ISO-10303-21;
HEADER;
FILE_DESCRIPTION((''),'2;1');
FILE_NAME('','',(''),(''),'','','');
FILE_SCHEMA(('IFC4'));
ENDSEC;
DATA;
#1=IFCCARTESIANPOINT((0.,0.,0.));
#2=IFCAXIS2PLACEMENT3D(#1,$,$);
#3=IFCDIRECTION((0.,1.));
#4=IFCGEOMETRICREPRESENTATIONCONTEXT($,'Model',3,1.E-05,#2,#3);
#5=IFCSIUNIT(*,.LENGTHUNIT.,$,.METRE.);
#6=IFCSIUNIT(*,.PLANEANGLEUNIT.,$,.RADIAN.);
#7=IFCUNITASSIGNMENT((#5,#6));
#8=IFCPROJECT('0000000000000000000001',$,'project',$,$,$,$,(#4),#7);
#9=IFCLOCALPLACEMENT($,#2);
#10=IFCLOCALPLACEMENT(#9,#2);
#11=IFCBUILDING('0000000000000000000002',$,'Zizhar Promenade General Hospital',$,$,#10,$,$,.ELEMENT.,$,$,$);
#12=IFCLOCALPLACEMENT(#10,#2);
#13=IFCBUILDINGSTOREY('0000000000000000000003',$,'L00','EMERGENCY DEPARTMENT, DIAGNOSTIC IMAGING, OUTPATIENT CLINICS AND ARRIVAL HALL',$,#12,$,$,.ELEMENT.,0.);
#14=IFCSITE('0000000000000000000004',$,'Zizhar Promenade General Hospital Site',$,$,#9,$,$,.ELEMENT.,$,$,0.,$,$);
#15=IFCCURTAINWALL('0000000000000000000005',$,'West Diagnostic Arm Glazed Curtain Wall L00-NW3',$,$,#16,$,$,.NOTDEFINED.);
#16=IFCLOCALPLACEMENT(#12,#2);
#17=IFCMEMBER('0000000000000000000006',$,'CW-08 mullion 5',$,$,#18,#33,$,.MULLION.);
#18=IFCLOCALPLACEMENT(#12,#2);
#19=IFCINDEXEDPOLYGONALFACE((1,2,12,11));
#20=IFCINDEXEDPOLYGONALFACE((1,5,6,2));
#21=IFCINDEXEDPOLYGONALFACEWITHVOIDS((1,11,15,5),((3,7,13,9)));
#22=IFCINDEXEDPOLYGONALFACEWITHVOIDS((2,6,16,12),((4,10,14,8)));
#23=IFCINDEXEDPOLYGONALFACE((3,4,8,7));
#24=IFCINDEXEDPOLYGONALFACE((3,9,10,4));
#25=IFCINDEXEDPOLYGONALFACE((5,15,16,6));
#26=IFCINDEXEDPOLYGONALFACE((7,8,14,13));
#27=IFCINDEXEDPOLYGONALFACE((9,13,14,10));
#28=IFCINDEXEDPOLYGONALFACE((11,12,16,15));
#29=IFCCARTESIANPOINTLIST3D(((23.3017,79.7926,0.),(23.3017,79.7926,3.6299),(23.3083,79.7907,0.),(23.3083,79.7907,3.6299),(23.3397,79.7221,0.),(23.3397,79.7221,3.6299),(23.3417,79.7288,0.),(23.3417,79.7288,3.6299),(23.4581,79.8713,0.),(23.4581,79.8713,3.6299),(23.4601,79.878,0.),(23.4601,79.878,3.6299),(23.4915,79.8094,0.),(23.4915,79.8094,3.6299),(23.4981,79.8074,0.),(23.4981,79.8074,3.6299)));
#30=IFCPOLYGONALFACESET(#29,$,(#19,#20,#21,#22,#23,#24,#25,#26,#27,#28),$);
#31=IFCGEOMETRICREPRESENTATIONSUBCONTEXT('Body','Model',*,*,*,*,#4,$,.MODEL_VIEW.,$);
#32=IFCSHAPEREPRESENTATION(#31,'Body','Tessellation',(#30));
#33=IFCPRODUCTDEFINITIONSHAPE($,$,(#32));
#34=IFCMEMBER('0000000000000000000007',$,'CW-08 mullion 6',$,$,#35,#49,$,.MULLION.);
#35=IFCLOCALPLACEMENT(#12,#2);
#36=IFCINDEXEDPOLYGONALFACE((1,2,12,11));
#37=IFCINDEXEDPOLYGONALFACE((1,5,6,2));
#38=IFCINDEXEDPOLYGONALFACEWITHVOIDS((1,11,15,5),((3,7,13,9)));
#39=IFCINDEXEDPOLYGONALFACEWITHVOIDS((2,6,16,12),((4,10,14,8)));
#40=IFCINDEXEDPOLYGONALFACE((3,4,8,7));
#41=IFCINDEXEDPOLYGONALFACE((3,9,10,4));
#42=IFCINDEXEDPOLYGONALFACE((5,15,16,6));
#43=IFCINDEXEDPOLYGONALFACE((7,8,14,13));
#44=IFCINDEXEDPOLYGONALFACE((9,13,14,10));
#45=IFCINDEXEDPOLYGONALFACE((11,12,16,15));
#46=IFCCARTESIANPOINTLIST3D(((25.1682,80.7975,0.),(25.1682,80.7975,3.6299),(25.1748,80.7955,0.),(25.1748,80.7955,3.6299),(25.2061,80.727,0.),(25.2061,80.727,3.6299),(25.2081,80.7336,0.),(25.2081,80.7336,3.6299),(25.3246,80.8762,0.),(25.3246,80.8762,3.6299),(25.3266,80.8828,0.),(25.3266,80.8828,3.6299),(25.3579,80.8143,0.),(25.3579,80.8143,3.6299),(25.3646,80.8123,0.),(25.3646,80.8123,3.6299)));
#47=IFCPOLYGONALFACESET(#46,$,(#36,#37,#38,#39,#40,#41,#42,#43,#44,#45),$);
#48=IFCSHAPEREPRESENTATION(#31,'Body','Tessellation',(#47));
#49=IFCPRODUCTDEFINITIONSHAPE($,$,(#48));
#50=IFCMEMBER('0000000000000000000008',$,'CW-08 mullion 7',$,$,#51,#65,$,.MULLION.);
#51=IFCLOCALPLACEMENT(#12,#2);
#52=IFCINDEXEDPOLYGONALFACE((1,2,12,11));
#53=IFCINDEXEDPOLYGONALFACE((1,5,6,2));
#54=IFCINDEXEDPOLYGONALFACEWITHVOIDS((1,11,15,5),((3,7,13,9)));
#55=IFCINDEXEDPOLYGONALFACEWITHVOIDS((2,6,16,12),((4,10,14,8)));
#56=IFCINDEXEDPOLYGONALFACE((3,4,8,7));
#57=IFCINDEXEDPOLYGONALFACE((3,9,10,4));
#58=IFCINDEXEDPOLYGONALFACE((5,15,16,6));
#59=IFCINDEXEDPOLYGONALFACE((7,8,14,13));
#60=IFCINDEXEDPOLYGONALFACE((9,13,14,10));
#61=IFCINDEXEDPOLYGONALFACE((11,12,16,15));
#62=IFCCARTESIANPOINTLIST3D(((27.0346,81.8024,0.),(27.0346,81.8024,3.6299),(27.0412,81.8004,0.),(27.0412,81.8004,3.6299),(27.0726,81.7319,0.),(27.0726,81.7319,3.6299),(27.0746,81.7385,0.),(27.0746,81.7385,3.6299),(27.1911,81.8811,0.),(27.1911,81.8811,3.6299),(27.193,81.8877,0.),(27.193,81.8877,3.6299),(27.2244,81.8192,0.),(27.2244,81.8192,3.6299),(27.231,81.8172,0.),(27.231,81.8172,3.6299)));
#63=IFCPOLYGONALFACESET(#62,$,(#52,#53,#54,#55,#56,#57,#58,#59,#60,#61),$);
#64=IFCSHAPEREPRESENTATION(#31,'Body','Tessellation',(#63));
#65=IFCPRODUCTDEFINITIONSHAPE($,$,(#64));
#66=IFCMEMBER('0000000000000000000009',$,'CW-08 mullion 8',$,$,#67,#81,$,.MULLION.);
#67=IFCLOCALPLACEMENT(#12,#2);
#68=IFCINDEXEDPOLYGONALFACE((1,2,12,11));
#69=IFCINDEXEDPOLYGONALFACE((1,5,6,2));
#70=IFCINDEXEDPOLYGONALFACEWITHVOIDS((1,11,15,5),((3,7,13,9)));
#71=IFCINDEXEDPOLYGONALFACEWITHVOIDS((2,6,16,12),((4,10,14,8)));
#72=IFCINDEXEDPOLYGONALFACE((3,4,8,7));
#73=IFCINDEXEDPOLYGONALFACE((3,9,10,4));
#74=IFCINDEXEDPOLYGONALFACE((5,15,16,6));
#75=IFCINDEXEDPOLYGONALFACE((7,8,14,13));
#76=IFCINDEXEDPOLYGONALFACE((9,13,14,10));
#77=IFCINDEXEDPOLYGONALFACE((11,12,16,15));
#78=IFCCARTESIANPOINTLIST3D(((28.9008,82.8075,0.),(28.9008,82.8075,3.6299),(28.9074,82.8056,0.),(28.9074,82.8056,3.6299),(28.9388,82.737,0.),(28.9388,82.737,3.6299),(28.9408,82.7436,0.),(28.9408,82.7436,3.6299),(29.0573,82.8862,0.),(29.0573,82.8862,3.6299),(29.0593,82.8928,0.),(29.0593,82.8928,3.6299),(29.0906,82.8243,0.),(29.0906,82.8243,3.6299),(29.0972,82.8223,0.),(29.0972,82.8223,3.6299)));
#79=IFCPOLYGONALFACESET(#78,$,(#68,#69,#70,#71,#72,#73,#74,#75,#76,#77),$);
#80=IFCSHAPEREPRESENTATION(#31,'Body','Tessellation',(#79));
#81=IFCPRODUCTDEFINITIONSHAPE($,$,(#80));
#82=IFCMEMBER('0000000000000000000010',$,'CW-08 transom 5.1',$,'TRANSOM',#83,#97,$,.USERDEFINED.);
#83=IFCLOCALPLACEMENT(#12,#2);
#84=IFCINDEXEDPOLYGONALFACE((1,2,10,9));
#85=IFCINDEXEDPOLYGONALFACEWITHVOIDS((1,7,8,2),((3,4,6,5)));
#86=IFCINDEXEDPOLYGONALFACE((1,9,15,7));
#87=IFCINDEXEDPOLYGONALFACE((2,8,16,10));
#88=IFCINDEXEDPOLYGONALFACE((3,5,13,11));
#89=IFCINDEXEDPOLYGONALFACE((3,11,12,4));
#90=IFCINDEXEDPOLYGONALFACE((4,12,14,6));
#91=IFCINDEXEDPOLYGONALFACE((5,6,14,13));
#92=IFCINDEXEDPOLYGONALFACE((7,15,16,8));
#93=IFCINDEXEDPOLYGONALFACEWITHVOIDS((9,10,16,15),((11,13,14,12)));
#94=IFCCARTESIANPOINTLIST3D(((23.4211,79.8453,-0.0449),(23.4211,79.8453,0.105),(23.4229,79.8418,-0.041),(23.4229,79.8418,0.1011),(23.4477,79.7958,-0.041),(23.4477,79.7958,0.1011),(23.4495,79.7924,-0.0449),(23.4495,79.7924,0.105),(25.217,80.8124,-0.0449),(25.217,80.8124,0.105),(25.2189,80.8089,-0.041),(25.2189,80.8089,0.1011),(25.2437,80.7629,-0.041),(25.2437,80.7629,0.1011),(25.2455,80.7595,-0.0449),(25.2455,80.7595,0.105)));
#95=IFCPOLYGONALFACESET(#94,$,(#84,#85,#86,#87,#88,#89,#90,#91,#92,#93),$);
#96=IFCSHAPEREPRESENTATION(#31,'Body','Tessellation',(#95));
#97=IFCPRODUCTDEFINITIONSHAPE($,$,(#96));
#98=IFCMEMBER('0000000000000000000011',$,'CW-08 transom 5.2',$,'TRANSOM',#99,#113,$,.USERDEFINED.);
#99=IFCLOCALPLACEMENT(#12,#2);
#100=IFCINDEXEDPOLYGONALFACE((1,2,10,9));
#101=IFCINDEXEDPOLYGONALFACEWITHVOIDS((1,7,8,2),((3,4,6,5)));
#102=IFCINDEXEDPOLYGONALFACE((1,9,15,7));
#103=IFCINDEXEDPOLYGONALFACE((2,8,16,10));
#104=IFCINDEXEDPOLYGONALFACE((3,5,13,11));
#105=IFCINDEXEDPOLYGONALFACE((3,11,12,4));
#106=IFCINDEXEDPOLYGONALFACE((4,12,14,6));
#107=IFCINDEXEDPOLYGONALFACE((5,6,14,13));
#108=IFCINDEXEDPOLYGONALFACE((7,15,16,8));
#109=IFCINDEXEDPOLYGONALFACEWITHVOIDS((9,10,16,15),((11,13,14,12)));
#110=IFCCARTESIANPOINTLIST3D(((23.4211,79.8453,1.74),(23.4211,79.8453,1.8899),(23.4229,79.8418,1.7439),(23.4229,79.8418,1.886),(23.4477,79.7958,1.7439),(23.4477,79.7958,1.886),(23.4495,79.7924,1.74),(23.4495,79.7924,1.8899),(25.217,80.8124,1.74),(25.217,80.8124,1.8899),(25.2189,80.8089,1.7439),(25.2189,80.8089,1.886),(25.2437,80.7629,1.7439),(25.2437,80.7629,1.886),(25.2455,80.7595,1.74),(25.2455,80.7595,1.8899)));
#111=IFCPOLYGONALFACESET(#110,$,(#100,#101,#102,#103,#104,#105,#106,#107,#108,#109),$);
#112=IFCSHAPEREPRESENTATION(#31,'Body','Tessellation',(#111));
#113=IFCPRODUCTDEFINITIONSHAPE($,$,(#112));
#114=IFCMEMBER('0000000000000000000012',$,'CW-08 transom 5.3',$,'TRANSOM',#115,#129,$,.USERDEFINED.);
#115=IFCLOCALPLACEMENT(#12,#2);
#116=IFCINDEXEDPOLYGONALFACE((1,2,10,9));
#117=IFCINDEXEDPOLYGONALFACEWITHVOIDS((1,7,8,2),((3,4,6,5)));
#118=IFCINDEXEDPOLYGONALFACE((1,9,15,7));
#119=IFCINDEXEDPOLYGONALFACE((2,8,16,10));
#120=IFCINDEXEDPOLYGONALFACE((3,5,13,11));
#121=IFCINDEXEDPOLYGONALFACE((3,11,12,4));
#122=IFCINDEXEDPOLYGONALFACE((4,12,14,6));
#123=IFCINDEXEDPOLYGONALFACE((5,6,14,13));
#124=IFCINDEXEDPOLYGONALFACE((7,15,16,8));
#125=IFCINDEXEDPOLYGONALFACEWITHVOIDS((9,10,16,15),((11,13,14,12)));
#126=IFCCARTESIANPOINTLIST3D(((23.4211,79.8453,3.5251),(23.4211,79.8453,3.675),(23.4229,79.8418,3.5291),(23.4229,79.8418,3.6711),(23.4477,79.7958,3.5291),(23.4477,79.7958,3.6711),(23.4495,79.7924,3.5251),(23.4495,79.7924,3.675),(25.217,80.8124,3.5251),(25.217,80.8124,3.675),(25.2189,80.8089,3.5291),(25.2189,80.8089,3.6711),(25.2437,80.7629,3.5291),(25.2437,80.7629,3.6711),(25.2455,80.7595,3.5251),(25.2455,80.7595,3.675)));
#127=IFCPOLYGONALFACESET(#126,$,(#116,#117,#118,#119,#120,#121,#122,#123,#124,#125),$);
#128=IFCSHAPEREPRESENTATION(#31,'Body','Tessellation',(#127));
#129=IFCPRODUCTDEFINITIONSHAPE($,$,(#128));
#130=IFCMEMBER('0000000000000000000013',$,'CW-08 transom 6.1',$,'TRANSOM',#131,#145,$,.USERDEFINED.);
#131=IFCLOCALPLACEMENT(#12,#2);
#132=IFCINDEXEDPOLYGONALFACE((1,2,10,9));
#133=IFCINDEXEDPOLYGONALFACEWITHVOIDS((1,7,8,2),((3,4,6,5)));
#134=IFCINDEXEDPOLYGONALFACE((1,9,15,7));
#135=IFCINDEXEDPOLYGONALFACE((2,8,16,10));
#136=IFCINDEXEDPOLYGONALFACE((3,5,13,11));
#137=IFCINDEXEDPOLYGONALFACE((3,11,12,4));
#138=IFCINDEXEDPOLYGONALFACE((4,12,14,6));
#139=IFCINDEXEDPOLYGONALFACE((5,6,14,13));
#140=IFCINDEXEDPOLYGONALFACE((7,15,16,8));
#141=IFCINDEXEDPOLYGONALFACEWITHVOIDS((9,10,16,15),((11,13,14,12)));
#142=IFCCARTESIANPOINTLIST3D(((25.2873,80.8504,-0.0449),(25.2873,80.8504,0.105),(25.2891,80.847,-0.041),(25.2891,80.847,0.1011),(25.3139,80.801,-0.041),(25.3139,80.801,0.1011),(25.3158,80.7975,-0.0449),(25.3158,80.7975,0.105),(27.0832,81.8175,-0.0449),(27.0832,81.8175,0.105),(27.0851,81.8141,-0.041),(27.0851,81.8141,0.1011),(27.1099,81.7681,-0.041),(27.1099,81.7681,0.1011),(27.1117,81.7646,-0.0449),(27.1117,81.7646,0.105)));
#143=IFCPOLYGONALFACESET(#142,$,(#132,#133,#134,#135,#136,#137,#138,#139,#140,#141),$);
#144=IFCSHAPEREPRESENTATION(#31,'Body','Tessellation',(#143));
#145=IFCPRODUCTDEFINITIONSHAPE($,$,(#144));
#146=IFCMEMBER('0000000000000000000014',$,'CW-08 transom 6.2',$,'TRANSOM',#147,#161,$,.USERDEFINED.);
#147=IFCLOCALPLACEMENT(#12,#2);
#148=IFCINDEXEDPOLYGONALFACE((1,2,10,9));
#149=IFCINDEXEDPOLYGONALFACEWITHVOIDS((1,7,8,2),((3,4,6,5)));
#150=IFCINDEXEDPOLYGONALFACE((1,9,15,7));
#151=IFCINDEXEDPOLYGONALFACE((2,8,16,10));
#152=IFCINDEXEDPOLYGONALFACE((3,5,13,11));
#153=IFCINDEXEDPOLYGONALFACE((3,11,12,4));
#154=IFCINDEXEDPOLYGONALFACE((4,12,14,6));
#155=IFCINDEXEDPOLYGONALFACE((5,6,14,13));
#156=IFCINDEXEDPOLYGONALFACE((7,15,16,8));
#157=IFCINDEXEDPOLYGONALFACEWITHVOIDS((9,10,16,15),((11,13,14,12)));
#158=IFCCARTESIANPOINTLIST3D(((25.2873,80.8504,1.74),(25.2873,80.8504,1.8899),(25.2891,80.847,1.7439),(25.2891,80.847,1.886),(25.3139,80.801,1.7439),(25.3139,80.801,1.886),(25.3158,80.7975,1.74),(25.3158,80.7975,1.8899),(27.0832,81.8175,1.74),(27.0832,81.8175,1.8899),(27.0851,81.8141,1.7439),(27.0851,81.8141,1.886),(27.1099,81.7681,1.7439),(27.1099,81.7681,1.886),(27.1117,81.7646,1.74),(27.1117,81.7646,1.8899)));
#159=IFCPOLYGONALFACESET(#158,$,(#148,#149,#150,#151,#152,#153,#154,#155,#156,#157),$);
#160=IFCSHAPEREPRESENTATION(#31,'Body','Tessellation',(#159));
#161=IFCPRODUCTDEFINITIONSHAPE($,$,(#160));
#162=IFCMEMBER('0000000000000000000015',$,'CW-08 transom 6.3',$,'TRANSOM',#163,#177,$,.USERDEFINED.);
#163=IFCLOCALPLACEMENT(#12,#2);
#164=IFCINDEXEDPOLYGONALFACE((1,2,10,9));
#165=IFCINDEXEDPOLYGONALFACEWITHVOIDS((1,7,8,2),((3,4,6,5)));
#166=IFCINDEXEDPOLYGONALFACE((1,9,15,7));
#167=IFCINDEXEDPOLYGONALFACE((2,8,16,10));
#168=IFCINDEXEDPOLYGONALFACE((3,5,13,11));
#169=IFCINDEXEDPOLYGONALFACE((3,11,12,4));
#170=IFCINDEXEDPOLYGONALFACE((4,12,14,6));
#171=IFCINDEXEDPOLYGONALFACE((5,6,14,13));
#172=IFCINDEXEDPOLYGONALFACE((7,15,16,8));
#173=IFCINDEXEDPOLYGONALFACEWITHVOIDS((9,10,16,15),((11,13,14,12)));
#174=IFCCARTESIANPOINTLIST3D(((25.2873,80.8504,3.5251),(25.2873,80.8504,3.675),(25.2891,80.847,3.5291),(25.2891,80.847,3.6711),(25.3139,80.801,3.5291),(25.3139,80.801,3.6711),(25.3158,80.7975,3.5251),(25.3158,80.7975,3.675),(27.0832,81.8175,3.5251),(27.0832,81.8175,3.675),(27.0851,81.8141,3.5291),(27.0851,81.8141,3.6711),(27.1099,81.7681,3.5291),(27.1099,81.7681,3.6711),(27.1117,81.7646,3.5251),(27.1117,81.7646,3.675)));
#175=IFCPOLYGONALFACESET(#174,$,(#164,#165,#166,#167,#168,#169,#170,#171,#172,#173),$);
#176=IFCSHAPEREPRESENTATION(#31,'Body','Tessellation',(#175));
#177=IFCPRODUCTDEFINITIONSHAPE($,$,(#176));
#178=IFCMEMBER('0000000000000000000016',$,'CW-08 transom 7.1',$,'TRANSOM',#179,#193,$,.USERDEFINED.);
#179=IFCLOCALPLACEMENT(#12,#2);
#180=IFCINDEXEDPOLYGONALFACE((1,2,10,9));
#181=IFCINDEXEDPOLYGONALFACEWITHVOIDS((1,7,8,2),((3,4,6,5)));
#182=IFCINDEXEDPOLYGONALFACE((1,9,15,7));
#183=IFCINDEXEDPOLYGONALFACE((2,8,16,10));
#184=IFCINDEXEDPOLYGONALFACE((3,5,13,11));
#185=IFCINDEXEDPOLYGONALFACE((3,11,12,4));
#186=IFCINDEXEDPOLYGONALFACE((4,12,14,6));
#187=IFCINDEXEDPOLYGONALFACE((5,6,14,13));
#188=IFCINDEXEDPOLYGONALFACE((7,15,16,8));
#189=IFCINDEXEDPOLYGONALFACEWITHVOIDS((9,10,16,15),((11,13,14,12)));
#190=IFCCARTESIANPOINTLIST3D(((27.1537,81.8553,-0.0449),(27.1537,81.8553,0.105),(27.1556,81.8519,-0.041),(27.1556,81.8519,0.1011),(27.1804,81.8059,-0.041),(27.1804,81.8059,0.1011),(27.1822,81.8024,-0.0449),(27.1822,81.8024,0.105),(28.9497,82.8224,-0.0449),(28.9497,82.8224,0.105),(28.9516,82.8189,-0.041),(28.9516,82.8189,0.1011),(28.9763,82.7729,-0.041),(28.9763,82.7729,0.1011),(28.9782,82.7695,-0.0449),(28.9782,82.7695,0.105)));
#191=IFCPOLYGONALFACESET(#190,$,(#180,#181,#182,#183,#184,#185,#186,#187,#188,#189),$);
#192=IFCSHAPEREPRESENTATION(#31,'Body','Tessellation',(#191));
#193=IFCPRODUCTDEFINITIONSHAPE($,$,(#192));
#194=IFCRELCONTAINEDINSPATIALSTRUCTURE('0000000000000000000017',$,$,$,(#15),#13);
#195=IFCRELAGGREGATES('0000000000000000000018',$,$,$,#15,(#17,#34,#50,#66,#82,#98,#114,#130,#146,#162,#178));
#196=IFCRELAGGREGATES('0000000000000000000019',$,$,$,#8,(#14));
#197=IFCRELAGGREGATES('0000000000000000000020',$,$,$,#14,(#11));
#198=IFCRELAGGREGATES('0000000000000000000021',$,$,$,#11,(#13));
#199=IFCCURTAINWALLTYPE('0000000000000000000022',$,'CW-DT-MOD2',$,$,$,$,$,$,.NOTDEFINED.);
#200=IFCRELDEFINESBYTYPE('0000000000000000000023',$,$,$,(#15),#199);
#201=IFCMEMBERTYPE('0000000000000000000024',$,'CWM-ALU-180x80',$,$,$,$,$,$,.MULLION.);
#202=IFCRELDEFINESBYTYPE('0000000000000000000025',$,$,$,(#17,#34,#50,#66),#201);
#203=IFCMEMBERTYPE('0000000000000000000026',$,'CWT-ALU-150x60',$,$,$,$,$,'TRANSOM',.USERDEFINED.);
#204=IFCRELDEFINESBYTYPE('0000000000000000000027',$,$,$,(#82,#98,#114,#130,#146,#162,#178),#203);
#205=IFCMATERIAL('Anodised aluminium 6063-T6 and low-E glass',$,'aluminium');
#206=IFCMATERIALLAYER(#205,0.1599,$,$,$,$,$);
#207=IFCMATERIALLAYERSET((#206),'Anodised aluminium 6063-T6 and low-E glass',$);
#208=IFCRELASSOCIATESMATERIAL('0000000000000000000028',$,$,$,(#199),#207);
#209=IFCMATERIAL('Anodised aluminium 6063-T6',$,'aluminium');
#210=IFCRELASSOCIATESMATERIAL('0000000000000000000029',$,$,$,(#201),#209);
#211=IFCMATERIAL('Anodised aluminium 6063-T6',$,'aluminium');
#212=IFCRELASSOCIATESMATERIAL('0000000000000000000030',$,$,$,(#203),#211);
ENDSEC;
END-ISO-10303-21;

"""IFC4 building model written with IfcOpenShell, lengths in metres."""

from ifc_helpers import new_model, si_unit, direction, frame, origin, origin_2d, place, context, subcontext, project, spatial, hollow_rectangle, extrude, material, layer, layer_set, material_profile, profile_set, type_object, element, aggregate, save


model = new_model("IFC4")

# Units and contexts
model_context = context("Model", 3, precision=1e-05, world=origin(), true_north=direction((0.0, 1.0)))
body_context = subcontext(model_context, "Body", "Model", "MODEL_VIEW")
ifc_project = project(units=[si_unit("LENGTHUNIT", "METRE"), si_unit("PLANEANGLEUNIT", "RADIAN")], contexts=[model_context])

# Site, building, storey
site_placement = place(None, origin())
site = spatial("IfcSite", under=ifc_project, at=site_placement, Name="Zizhar Promenade General Hospital Site", CompositionType="ELEMENT", RefElevation=0.0)
building_placement = place(site_placement, origin())
building = spatial("IfcBuilding", under=site, at=building_placement, Name="Zizhar Promenade General Hospital", CompositionType="ELEMENT")
storey_placement = place(building_placement, origin())
storey = spatial("IfcBuildingStorey", under=building, at=storey_placement, Name="L00", Description="EMERGENCY DEPARTMENT, DIAGNOSTIC IMAGING, OUTPATIENT CLINICS AND ARRIVAL HALL", CompositionType="ELEMENT", Elevation=0.0)

# Curtain wall, members
ifc_material_1 = material(Name="Anodised aluminium 6063-T6 and low-E glass", Category="aluminium")
ifc_layer_1 = layer(ifc_material_1, 0.1599)
ifc_layer_set_1 = layer_set([ifc_layer_1], Name="Anodised aluminium 6063-T6 and low-E glass")
curtain_wall_type = type_object("IfcCurtainWallType", Name="CW-DT-MOD2", PredefinedType="NOTDEFINED", material=ifc_layer_set_1)
curtain_wall_placement = place(storey_placement, origin())
curtain_wall = element("IfcCurtainWall", 1, at=curtain_wall_placement, inside=storey, type_object=curtain_wall_type, Name="West Diagnostic Arm Glazed Curtain Wall L00-NW3", PredefinedType="NOTDEFINED")
ifc_material_2 = material(Name="Anodised aluminium 6063-T6", Category="aluminium")
ifc_material_profile_1 = material_profile(ifc_material_2, hollow_rectangle(XDim=0.0801, YDim=0.1799, WallThickness=0.0049, at=origin_2d()))
ifc_profile_set_1 = profile_set([ifc_material_profile_1], Name="Anodised aluminium 6063-T6")
member_type_1 = type_object("IfcMemberType", Name="CWM-ALU-180x80", PredefinedType="MULLION", material=ifc_profile_set_1)
member_1_placement = place(storey_placement, frame((23.3999, 79.8, 0.0), z_axis=(0.0, 0.0, 1.0), x_axis=(-0.474097, 0.880473, 0.0)))
member_1 = element("IfcMember", 2, at=member_1_placement, type_object=member_type_1, Name="CW-08 mullion 5", PredefinedType="MULLION", context=body_context, shape_type="SweptSolid", body=[
    extrude(hollow_rectangle(XDim=0.0801, YDim=0.1799, WallThickness=0.0049, at=origin_2d()), origin(), (0.0, 0.0, 1.0), 3.6299),
])
member_2_placement = place(storey_placement, frame((25.2664, 80.8049, 0.0), z_axis=(0.0, 0.0, 1.0), x_axis=(-0.474097, 0.880473, 0.0)))
member_2 = element("IfcMember", 3, at=member_2_placement, type_object=member_type_1, Name="CW-08 mullion 6", PredefinedType="MULLION", context=body_context, shape_type="SweptSolid", body=[
    extrude(hollow_rectangle(XDim=0.0801, YDim=0.1799, WallThickness=0.0049, at=origin_2d()), origin(), (0.0, 0.0, 1.0), 3.6299),
])
member_3_placement = place(storey_placement, frame((27.1328, 81.8098, 0.0), z_axis=(0.0, 0.0, 1.0), x_axis=(-0.474097, 0.880473, 0.0)))
member_3 = element("IfcMember", 4, at=member_3_placement, type_object=member_type_1, Name="CW-08 mullion 7", PredefinedType="MULLION", context=body_context, shape_type="SweptSolid", body=[
    extrude(hollow_rectangle(XDim=0.0801, YDim=0.1799, WallThickness=0.0049, at=origin_2d()), origin(), (0.0, 0.0, 1.0), 3.6299),
])
member_4_placement = place(storey_placement, frame((28.999, 82.8149, 0.0), z_axis=(0.0, 0.0, 1.0), x_axis=(-0.474097, 0.880473, 0.0)))
member_4 = element("IfcMember", 5, at=member_4_placement, type_object=member_type_1, Name="CW-08 mullion 8", PredefinedType="MULLION", context=body_context, shape_type="SweptSolid", body=[
    extrude(hollow_rectangle(XDim=0.0801, YDim=0.1799, WallThickness=0.0049, at=origin_2d()), origin(), (0.0, 0.0, 1.0), 3.6299),
])
ifc_material_3 = material(Name="Anodised aluminium 6063-T6", Category="aluminium")
ifc_material_profile_2 = material_profile(ifc_material_3, hollow_rectangle(XDim=0.0601, YDim=0.1499, WallThickness=0.0039, at=origin_2d()))
ifc_profile_set_2 = profile_set([ifc_material_profile_2], Name="Anodised aluminium 6063-T6")
member_type_2 = type_object("IfcMemberType", Name="CWT-ALU-150x60", ElementType="TRANSOM", PredefinedType="USERDEFINED", material=ifc_profile_set_2)
member_5_placement = place(storey_placement, frame((23.4353, 79.8188, 0.03), z_axis=(0.880467, 0.474107, 0.0), x_axis=(-0.474107, 0.880467, 0.0)))
member_5 = element("IfcMember", 6, at=member_5_placement, type_object=member_type_2, Name="CW-08 transom 5.1", ObjectType="TRANSOM", PredefinedType="USERDEFINED", context=body_context, shape_type="SweptSolid", body=[
    extrude(hollow_rectangle(XDim=0.0601, YDim=0.1499, WallThickness=0.0039, at=origin_2d()), origin(), (0.0, 0.0, 1.0), 2.0398),
])
member_6_placement = place(storey_placement, frame((23.4353, 79.8188, 1.8149), z_axis=(0.880467, 0.474107, 0.0), x_axis=(-0.474107, 0.880467, 0.0)))
member_6 = element("IfcMember", 7, at=member_6_placement, type_object=member_type_2, Name="CW-08 transom 5.2", ObjectType="TRANSOM", PredefinedType="USERDEFINED", context=body_context, shape_type="SweptSolid", body=[
    extrude(hollow_rectangle(XDim=0.0601, YDim=0.1499, WallThickness=0.0039, at=origin_2d()), origin(), (0.0, 0.0, 1.0), 2.0398),
])
member_7_placement = place(storey_placement, frame((23.4353, 79.8188, 3.6001), z_axis=(0.880467, 0.474107, 0.0), x_axis=(-0.474107, 0.880467, 0.0)))
member_7 = element("IfcMember", 8, at=member_7_placement, type_object=member_type_2, Name="CW-08 transom 5.3", ObjectType="TRANSOM", PredefinedType="USERDEFINED", context=body_context, shape_type="SweptSolid", body=[
    extrude(hollow_rectangle(XDim=0.0601, YDim=0.1499, WallThickness=0.0039, at=origin_2d()), origin(), (0.0, 0.0, 1.0), 2.0398),
])
member_8_placement = place(storey_placement, frame((25.3015, 80.824, 0.03), z_axis=(0.880467, 0.474107, 0.0), x_axis=(-0.474107, 0.880467, 0.0)))
member_8 = element("IfcMember", 9, at=member_8_placement, type_object=member_type_2, Name="CW-08 transom 6.1", ObjectType="TRANSOM", PredefinedType="USERDEFINED", context=body_context, shape_type="SweptSolid", body=[
    extrude(hollow_rectangle(XDim=0.0601, YDim=0.1499, WallThickness=0.0039, at=origin_2d()), origin(), (0.0, 0.0, 1.0), 2.0398),
])
member_9_placement = place(storey_placement, frame((25.3015, 80.824, 1.8149), z_axis=(0.880467, 0.474107, 0.0), x_axis=(-0.474107, 0.880467, 0.0)))
member_9 = element("IfcMember", 10, at=member_9_placement, type_object=member_type_2, Name="CW-08 transom 6.2", ObjectType="TRANSOM", PredefinedType="USERDEFINED", context=body_context, shape_type="SweptSolid", body=[
    extrude(hollow_rectangle(XDim=0.0601, YDim=0.1499, WallThickness=0.0039, at=origin_2d()), origin(), (0.0, 0.0, 1.0), 2.0398),
])
member_10_placement = place(storey_placement, frame((25.3015, 80.824, 3.6001), z_axis=(0.880467, 0.474107, 0.0), x_axis=(-0.474107, 0.880467, 0.0)))
member_10 = element("IfcMember", 11, at=member_10_placement, type_object=member_type_2, Name="CW-08 transom 6.3", ObjectType="TRANSOM", PredefinedType="USERDEFINED", context=body_context, shape_type="SweptSolid", body=[
    extrude(hollow_rectangle(XDim=0.0601, YDim=0.1499, WallThickness=0.0039, at=origin_2d()), origin(), (0.0, 0.0, 1.0), 2.0398),
])
member_11_placement = place(storey_placement, frame((27.168, 81.8289, 0.03), z_axis=(0.880467, 0.474107, 0.0), x_axis=(-0.474107, 0.880467, 0.0)))
member_11 = element("IfcMember", 12, at=member_11_placement, type_object=member_type_2, Name="CW-08 transom 7.1", ObjectType="TRANSOM", PredefinedType="USERDEFINED", context=body_context, shape_type="SweptSolid", body=[
    extrude(hollow_rectangle(XDim=0.0601, YDim=0.1499, WallThickness=0.0039, at=origin_2d()), origin(), (0.0, 0.0, 1.0), 2.0398),
])
aggregate(curtain_wall, [member_1, member_2, member_3, member_4, member_5, member_6, member_7, member_8, member_9, member_10, member_11])

save(model, "model.ifc")
